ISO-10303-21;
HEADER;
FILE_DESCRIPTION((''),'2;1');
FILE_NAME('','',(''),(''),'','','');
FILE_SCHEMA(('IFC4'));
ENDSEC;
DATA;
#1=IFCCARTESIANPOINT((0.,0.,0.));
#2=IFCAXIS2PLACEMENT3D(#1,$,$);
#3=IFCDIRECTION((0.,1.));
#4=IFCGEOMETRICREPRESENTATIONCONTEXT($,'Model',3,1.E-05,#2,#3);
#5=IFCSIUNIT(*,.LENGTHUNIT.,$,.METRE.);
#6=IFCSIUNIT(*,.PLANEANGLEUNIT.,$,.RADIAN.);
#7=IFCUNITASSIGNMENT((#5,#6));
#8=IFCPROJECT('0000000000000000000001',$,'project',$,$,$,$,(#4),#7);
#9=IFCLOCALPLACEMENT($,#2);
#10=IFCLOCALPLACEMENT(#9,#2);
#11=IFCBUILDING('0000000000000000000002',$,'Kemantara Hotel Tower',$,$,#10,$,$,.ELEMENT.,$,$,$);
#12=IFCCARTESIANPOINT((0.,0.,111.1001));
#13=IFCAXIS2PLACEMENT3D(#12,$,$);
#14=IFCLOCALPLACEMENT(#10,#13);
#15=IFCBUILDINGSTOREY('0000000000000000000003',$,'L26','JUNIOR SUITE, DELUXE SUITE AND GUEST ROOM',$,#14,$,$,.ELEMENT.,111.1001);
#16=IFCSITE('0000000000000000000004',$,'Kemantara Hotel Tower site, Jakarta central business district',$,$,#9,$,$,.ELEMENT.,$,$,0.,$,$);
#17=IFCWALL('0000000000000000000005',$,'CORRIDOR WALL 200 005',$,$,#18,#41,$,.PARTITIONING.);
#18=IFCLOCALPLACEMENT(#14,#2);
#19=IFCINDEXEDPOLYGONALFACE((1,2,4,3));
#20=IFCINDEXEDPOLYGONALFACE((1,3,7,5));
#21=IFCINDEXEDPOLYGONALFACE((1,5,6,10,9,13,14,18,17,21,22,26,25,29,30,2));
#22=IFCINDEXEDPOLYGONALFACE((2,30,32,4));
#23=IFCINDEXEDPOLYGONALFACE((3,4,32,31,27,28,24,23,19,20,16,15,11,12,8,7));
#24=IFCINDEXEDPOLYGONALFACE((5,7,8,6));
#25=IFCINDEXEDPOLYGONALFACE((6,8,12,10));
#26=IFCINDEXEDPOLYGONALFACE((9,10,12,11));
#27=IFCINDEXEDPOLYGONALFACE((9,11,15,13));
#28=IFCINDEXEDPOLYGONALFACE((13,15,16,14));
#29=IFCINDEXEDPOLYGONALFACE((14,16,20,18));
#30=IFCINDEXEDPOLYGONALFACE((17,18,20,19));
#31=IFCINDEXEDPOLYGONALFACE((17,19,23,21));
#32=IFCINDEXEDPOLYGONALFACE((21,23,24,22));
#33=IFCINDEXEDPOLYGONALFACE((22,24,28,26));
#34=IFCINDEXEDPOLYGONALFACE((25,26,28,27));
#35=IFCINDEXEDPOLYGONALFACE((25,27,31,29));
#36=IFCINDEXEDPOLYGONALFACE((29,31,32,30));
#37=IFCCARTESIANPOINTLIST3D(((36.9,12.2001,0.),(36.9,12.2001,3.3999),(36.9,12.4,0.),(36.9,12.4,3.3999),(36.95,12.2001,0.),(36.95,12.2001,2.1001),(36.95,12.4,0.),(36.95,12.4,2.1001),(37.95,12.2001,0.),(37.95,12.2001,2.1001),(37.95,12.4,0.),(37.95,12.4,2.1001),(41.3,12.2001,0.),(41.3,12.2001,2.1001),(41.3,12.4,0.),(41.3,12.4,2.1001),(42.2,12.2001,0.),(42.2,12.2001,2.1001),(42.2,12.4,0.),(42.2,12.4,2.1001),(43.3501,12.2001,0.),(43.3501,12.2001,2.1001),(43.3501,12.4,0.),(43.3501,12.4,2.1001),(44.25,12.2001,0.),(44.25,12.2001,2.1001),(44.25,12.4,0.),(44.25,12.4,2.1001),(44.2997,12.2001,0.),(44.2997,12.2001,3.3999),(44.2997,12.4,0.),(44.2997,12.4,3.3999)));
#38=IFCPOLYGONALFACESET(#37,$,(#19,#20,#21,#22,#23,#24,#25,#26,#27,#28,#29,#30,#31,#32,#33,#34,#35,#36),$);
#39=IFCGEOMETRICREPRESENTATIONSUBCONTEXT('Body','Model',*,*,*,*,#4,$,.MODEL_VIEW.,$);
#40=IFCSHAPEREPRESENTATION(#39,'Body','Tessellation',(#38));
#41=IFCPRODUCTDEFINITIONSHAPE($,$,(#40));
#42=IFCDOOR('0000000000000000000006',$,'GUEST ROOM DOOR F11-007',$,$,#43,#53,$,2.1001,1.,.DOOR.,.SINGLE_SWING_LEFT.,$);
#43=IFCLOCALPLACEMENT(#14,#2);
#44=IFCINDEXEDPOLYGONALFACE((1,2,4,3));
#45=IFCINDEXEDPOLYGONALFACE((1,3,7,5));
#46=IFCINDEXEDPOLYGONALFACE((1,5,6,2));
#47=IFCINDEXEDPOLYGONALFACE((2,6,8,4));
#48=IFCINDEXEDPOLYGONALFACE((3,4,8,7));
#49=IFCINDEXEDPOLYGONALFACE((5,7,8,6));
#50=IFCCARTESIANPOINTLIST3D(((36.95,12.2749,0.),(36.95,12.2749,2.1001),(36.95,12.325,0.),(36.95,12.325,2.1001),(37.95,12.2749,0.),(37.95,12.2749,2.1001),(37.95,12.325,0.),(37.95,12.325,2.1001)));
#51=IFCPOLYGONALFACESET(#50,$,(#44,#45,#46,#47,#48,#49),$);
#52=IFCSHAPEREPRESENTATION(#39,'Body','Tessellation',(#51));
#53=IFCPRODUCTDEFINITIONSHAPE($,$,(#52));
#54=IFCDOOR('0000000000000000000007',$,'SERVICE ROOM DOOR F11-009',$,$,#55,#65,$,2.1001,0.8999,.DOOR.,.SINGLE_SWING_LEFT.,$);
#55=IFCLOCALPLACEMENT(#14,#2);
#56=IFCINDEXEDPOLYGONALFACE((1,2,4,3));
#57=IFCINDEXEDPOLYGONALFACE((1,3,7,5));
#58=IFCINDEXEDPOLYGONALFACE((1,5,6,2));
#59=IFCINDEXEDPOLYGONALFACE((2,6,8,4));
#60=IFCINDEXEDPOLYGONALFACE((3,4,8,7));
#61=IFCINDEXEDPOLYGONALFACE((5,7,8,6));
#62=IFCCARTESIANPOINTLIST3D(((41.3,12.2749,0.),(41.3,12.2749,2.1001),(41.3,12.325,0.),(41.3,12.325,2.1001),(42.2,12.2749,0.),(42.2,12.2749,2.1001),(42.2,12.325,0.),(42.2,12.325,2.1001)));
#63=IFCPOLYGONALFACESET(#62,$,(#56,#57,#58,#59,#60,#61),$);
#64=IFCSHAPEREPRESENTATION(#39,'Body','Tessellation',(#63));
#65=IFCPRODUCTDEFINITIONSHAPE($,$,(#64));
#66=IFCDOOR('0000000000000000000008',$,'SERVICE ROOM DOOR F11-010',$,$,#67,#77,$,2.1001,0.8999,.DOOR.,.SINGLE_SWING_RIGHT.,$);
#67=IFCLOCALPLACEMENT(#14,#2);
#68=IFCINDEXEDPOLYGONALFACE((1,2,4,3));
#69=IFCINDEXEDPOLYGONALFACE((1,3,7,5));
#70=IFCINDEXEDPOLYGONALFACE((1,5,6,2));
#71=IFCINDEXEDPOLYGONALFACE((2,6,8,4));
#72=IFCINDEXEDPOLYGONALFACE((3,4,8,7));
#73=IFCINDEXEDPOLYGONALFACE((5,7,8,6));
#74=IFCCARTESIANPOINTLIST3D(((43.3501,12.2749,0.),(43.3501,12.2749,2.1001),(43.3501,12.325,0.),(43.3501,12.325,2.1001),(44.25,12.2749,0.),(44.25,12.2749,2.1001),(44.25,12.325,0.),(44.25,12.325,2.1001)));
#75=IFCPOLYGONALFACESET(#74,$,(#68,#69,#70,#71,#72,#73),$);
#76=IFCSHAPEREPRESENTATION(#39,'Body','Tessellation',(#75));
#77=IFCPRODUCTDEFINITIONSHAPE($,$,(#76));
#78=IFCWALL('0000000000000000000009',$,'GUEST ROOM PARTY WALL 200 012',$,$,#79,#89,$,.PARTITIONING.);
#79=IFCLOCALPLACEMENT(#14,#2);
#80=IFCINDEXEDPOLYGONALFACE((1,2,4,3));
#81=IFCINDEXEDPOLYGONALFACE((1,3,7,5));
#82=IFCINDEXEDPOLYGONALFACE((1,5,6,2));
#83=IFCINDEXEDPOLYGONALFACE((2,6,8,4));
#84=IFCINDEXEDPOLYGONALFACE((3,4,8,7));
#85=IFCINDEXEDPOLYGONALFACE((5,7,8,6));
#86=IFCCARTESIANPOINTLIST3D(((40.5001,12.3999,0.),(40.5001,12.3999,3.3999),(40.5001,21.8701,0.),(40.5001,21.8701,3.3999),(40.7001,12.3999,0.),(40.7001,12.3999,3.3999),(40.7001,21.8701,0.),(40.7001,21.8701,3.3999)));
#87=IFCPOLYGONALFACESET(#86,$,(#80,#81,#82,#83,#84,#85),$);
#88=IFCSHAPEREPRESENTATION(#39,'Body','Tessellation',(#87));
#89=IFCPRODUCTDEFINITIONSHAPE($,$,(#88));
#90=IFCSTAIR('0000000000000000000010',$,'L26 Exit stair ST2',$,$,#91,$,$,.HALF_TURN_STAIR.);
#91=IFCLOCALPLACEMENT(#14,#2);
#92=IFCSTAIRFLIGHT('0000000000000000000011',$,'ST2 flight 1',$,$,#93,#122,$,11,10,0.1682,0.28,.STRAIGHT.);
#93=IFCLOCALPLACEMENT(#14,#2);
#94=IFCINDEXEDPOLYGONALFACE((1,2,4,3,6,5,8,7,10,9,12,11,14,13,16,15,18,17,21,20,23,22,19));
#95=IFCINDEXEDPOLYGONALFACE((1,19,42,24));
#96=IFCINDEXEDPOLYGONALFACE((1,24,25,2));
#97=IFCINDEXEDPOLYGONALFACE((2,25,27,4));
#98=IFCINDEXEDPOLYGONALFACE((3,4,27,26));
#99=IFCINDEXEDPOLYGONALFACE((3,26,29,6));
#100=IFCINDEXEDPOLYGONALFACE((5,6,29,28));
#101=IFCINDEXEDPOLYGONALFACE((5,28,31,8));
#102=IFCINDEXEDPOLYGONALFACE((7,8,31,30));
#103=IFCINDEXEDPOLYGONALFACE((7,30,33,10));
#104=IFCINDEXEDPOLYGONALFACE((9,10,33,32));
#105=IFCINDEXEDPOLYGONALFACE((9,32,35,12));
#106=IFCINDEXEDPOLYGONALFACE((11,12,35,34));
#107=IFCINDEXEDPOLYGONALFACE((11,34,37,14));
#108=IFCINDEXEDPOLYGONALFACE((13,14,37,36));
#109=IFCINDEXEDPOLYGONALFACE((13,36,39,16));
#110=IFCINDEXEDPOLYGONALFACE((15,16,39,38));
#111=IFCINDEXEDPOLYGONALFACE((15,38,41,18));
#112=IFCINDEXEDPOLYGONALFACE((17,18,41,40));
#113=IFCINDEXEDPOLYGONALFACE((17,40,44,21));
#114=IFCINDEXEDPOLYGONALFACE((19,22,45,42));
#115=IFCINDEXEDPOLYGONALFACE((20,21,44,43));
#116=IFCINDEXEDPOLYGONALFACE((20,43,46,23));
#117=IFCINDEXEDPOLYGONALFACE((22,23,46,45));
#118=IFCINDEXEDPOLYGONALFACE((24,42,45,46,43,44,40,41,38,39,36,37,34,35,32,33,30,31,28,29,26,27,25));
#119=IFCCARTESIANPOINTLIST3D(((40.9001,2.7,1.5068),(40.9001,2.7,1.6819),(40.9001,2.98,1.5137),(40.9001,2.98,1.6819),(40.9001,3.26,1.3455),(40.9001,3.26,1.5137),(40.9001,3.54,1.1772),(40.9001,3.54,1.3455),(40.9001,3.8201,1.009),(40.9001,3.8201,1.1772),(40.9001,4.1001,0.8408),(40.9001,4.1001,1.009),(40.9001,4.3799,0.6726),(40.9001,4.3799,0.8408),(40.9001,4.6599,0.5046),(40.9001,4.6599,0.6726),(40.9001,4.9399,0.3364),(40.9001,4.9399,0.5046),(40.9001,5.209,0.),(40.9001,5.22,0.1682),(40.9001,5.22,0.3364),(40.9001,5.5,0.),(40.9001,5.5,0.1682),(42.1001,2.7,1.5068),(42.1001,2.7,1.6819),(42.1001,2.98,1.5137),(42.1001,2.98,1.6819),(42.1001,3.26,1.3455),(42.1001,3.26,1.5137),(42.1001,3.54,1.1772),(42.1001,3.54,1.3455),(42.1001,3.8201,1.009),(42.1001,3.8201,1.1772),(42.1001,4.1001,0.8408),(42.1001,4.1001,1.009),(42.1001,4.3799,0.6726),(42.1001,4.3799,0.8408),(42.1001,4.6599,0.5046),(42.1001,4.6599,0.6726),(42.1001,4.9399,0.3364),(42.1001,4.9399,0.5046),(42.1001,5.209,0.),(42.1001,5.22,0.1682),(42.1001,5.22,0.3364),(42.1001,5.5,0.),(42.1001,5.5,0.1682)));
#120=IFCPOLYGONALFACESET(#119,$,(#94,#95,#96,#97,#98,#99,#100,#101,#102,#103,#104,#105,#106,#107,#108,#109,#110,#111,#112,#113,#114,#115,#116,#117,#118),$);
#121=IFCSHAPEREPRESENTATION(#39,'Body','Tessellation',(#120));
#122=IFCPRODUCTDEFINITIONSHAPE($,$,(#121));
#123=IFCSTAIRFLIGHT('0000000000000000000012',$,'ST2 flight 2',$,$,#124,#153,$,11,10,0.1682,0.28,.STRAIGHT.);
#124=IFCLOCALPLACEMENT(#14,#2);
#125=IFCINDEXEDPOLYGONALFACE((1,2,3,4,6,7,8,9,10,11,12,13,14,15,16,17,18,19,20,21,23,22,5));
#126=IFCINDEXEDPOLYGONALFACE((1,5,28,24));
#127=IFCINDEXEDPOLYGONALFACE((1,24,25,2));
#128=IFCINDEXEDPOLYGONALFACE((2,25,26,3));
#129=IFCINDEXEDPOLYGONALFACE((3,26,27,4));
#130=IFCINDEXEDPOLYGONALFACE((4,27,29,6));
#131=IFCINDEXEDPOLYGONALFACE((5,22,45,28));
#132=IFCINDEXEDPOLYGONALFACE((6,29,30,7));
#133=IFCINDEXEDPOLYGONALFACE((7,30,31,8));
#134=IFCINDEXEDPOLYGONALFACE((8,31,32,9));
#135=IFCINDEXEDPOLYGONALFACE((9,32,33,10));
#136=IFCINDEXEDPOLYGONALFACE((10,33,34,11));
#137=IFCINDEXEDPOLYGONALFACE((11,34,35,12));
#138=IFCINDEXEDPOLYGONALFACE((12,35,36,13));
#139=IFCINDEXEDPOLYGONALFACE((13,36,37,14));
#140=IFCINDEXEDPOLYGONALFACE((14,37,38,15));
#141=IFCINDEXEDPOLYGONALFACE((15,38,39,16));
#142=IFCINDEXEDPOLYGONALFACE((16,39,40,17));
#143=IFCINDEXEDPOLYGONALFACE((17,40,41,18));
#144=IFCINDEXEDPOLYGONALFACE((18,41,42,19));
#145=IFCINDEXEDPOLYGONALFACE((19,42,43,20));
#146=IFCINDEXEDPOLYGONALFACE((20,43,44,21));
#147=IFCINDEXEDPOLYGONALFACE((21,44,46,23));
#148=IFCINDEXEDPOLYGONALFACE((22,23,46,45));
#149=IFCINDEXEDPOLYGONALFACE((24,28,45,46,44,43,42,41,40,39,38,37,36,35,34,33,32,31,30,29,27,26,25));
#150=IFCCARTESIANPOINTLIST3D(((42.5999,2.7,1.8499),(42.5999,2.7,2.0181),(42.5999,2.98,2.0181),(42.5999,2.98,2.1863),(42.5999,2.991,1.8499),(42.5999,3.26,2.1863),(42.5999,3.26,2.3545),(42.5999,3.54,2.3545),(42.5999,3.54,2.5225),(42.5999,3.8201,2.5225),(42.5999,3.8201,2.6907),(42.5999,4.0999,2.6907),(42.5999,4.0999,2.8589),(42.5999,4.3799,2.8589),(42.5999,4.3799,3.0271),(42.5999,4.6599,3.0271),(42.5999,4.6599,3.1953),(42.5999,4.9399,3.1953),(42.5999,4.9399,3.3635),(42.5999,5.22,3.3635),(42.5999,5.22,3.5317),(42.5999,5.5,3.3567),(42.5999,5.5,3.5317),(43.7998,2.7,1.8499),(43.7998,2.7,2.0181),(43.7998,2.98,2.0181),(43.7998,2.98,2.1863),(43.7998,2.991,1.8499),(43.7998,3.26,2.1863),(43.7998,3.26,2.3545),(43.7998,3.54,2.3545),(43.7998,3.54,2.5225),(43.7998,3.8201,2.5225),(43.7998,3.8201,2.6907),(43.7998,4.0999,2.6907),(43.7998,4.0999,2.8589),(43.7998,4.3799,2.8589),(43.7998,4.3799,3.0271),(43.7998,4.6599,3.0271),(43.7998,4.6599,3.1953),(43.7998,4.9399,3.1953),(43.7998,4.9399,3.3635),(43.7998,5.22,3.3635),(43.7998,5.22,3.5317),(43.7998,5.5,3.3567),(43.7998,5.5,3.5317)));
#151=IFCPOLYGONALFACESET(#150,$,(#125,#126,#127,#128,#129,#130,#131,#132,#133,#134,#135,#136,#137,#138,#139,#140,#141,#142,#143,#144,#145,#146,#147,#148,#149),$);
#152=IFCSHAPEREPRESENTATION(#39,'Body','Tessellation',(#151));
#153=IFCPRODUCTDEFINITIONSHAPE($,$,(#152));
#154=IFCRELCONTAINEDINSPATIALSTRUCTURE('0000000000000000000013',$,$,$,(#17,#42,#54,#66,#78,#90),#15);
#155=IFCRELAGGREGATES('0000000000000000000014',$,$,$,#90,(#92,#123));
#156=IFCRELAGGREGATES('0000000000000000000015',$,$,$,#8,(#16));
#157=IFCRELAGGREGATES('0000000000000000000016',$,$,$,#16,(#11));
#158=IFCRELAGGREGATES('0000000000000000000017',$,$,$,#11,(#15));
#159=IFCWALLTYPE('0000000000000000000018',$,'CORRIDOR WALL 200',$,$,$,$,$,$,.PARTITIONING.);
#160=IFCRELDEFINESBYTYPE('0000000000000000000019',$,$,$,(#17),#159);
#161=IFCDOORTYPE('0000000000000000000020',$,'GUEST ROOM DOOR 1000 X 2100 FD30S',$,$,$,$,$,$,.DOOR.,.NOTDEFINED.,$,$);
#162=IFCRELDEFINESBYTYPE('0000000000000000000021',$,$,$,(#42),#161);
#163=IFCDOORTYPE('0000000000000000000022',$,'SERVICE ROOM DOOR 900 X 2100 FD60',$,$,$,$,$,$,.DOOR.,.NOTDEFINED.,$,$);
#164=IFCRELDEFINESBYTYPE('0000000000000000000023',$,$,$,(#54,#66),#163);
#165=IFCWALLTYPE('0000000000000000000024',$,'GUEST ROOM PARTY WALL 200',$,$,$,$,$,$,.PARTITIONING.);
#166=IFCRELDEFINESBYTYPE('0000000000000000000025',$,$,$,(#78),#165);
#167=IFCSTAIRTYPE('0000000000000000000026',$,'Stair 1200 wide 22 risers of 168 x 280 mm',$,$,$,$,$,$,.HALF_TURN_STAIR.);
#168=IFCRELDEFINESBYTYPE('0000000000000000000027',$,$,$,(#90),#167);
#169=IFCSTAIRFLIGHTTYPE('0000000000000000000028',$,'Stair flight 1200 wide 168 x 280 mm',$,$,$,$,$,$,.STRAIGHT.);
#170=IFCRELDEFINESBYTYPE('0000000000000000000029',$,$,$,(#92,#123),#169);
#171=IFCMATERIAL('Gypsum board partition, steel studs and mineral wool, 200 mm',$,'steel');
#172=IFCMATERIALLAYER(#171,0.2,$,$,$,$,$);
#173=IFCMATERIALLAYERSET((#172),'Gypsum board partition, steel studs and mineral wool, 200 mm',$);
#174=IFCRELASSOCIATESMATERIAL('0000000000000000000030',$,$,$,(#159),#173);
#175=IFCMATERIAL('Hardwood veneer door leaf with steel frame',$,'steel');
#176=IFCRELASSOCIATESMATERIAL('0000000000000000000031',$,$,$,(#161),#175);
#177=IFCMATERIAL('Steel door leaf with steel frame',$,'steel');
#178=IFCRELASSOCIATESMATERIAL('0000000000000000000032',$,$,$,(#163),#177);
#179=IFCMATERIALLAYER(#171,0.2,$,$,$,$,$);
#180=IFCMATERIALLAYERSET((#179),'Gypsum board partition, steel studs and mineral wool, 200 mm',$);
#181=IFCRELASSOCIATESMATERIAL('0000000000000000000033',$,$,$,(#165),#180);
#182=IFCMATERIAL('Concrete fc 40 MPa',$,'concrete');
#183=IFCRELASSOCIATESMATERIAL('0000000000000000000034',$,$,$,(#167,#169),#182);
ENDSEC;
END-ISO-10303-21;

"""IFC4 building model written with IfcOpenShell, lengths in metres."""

from ifc_helpers import new_model, si_unit, direction, frame, frame_2d, origin, place, context, subcontext, project, spatial, polyline, rectangle, outline, extrude, material, layer, layer_set, type_object, element, fill, aggregate, save


model = new_model("IFC4")

# Units and contexts
model_context = context("Model", 3, precision=1e-05, world=origin(), true_north=direction((0.0, 1.0)))
body_context = subcontext(model_context, "Body", "Model", "MODEL_VIEW")
ifc_project = project(units=[si_unit("LENGTHUNIT", "METRE"), si_unit("PLANEANGLEUNIT", "RADIAN")], contexts=[model_context])

# Site, building, storey
site_placement = place(None, origin())
site = spatial("IfcSite", under=ifc_project, at=site_placement, Name="Kemantara Hotel Tower site, Jakarta central business district", CompositionType="ELEMENT", RefElevation=0.0)
building_placement = place(site_placement, origin())
building = spatial("IfcBuilding", under=site, at=building_placement, Name="Kemantara Hotel Tower", CompositionType="ELEMENT")
storey_placement = place(building_placement, frame((0.0, 0.0, 111.1001)))
storey = spatial("IfcBuildingStorey", under=building, at=storey_placement, Name="L26", Description="JUNIOR SUITE, DELUXE SUITE AND GUEST ROOM", CompositionType="ELEMENT", Elevation=111.1001)

# Wall, openings, doors
ifc_material_1 = material(Name="Gypsum board partition, steel studs and mineral wool, 200 mm", Category="steel")
ifc_layer_1 = layer(ifc_material_1, 0.2)
ifc_layer_set_1 = layer_set([ifc_layer_1], Name="Gypsum board partition, steel studs and mineral wool, 200 mm")
wall_type_1 = type_object("IfcWallType", Name="CORRIDOR WALL 200", PredefinedType="PARTITIONING", material=ifc_layer_set_1)
wall_1_placement = place(storey_placement, frame((36.9001, 12.3, 0.0), z_axis=(0.0, 0.0, 1.0), x_axis=(1.0, 0.0, 0.0)))
wall_1 = element("IfcWall", 1, at=wall_1_placement, inside=storey, type_object=wall_type_1, Name="CORRIDOR WALL 200 005", PredefinedType="PARTITIONING", context=body_context, shape_type="SweptSolid", body=[
    extrude(rectangle(XDim=7.3997, YDim=0.2, at=frame_2d((3.6997, 0.0))), origin(), (0.0, 0.0, 1.0), 3.3999),
])
opening_1_placement = place(wall_1_placement, frame((0.0498, 0.0, 0.0)))
opening_1 = element("IfcOpeningElement", 2, at=opening_1_placement, cuts=wall_1, PredefinedType="OPENING", context=body_context, shape_type="SweptSolid", body=[
    extrude(rectangle(XDim=1.0, YDim=2.1001, at=frame_2d((0.5, 1.05))), frame((0.0, 0.1099, 0.0), z_axis=(0.0, -1.0, 0.0), x_axis=(1.0, 0.0, 0.0)), (0.0, 0.0, 1.0), 0.22),
])
opening_2_placement = place(wall_1_placement, frame((4.3999, 0.0, 0.0)))
opening_2 = element("IfcOpeningElement", 3, at=opening_2_placement, cuts=wall_1, PredefinedType="OPENING", context=body_context, shape_type="SweptSolid", body=[
    extrude(rectangle(XDim=0.8999, YDim=2.1001, at=frame_2d((0.45, 1.05))), frame((0.0, 0.1099, 0.0), z_axis=(0.0, -1.0, 0.0), x_axis=(1.0, 0.0, 0.0)), (0.0, 0.0, 1.0), 0.22),
])
opening_3_placement = place(wall_1_placement, frame((6.45, 0.0, 0.0)))
opening_3 = element("IfcOpeningElement", 4, at=opening_3_placement, cuts=wall_1, PredefinedType="OPENING", context=body_context, shape_type="SweptSolid", body=[
    extrude(rectangle(XDim=0.8999, YDim=2.1001, at=frame_2d((0.45, 1.05))), frame((0.0, 0.1099, 0.0), z_axis=(0.0, -1.0, 0.0), x_axis=(1.0, 0.0, 0.0)), (0.0, 0.0, 1.0), 0.22),
])
ifc_material_2 = material(Name="Hardwood veneer door leaf with steel frame", Category="steel")
door_type_1 = type_object("IfcDoorType", Name="GUEST ROOM DOOR 1000 X 2100 FD30S", OperationType="NOTDEFINED", PredefinedType="DOOR", material=ifc_material_2)
door_1_placement = place(opening_1_placement, origin())
door_1 = element("IfcDoor", 5, at=door_1_placement, inside=storey, type_object=door_type_1, Name="GUEST ROOM DOOR F11-007", OperationType="SINGLE_SWING_LEFT", OverallHeight=2.1001, OverallWidth=1.0, PredefinedType="DOOR", context=body_context, shape_type="SweptSolid", body=[
    extrude(rectangle(XDim=1.0, YDim=2.1001, at=frame_2d((0.5, 1.05))), frame((0.0, 0.0249, 0.0), z_axis=(0.0, -1.0, 0.0), x_axis=(1.0, 0.0, 0.0)), (0.0, 0.0, 1.0), 0.05),
])
fill(opening_1, door_1)
ifc_material_3 = material(Name="Steel door leaf with steel frame", Category="steel")
door_type_2 = type_object("IfcDoorType", Name="SERVICE ROOM DOOR 900 X 2100 FD60", OperationType="NOTDEFINED", PredefinedType="DOOR", material=ifc_material_3)
door_2_placement = place(opening_2_placement, origin())
door_2 = element("IfcDoor", 6, at=door_2_placement, inside=storey, type_object=door_type_2, Name="SERVICE ROOM DOOR F11-009", OperationType="SINGLE_SWING_LEFT", OverallHeight=2.1001, OverallWidth=0.8999, PredefinedType="DOOR", context=body_context, shape_type="SweptSolid", body=[
    extrude(rectangle(XDim=0.8999, YDim=2.1001, at=frame_2d((0.45, 1.05))), frame((0.0, 0.0249, 0.0), z_axis=(0.0, -1.0, 0.0), x_axis=(1.0, 0.0, 0.0)), (0.0, 0.0, 1.0), 0.05),
])
fill(opening_2, door_2)
door_3_placement = place(opening_3_placement, origin())
door_3 = element("IfcDoor", 7, at=door_3_placement, inside=storey, type_object=door_type_2, Name="SERVICE ROOM DOOR F11-010", OperationType="SINGLE_SWING_RIGHT", OverallHeight=2.1001, OverallWidth=0.8999, PredefinedType="DOOR", context=body_context, shape_type="SweptSolid", body=[
    extrude(rectangle(XDim=0.8999, YDim=2.1001, at=frame_2d((0.45, 1.05))), frame((0.0, 0.0249, 0.0), z_axis=(0.0, -1.0, 0.0), x_axis=(1.0, 0.0, 0.0)), (0.0, 0.0, 1.0), 0.05),
])
fill(opening_3, door_3)

# Wall
ifc_layer_2 = layer(ifc_material_1, 0.2)
ifc_layer_set_2 = layer_set([ifc_layer_2], Name="Gypsum board partition, steel studs and mineral wool, 200 mm")
wall_type_2 = type_object("IfcWallType", Name="GUEST ROOM PARTY WALL 200", PredefinedType="PARTITIONING", material=ifc_layer_set_2)
wall_2_placement = place(storey_placement, frame((40.6001, 12.3999, 0.0), z_axis=(0.0, 0.0, 1.0), x_axis=(0.0, 1.0, 0.0)))
element("IfcWall", 8, at=wall_2_placement, inside=storey, type_object=wall_type_2, Name="GUEST ROOM PARTY WALL 200 012", PredefinedType="PARTITIONING", context=body_context, shape_type="SweptSolid", body=[
    extrude(rectangle(XDim=9.4702, YDim=0.2, at=frame_2d((4.7351, 0.0))), origin(), (0.0, 0.0, 1.0), 3.3999),
])

# Stair, stair flights
ifc_material_4 = material(Name="Concrete fc 40 MPa", Category="concrete")
stair_type = type_object("IfcStairType", Name="Stair 1200 wide 22 risers of 168 x 280 mm", PredefinedType="HALF_TURN_STAIR", material=ifc_material_4)
stair_placement = place(storey_placement, origin())
stair = element("IfcStair", 9, at=stair_placement, inside=storey, type_object=stair_type, Name="L26 Exit stair ST2", PredefinedType="HALF_TURN_STAIR")
stair_flight_type = type_object("IfcStairFlightType", Name="Stair flight 1200 wide 168 x 280 mm", PredefinedType="STRAIGHT", material=ifc_material_4)
stair_flight_1_placement = place(storey_placement, frame((41.5, 5.5, 0.0), z_axis=(0.0, 0.0, 1.0), x_axis=(0.0, -1.0, 0.0)))
stair_flight_1 = element("IfcStairFlight", 10, at=stair_flight_1_placement, type_object=stair_flight_type, Name="ST2 flight 1", NumberOfRisers=11, NumberOfTreads=10, PredefinedType="STRAIGHT", RiserHeight=0.1682, TreadLength=0.28, context=body_context, shape_type="SweptSolid", body=[
    extrude(outline(polyline([(0.0, 0.0), (0.0, 0.1682), (0.28, 0.1682), (0.28, 0.3364), (0.5601, 0.3364), (0.5601, 0.5046), (0.8401, 0.5046), (0.8401, 0.6726), (1.1201, 0.6726), (1.1201, 0.8408), (1.3999, 0.8408), (1.3999, 1.009), (1.6799, 1.009), (1.6799, 1.1772), (1.96, 1.1772), (1.96, 1.3455), (2.24, 1.3455), (2.24, 1.5137), (2.52, 1.5137), (2.52, 1.6819), (2.8, 1.6819), (2.8, 1.8501), (2.8, 1.5068), (0.291, 0.0), (0.0, 0.0)])), frame((0.0, 0.6001, 0.0), z_axis=(0.0, -1.0, 0.0), x_axis=(1.0, 0.0, 0.0)), (0.0, 0.0, 1.0), 1.2),
])
stair_flight_2_placement = place(storey_placement, frame((43.2, 2.7, 1.8499), z_axis=(0.0, 0.0, 1.0), x_axis=(0.0, 1.0, 0.0)))
stair_flight_2 = element("IfcStairFlight", 11, at=stair_flight_2_placement, type_object=stair_flight_type, Name="ST2 flight 2", NumberOfRisers=11, NumberOfTreads=10, PredefinedType="STRAIGHT", RiserHeight=0.1682, TreadLength=0.28, context=body_context, shape_type="SweptSolid", body=[
    extrude(outline(polyline([(0.0, 0.0), (0.0, 0.1682), (0.28, 0.1682), (0.28, 0.3364), (0.5601, 0.3364), (0.5601, 0.5046), (0.8401, 0.5046), (0.8401, 0.6726), (1.1201, 0.6726), (1.1201, 0.8408), (1.3999, 0.8408), (1.3999, 1.009), (1.6799, 1.009), (1.6799, 1.1772), (1.96, 1.1772), (1.96, 1.3455), (2.24, 1.3455), (2.24, 1.5137), (2.52, 1.5137), (2.52, 1.6819), (2.8, 1.6819), (2.8, 1.8501), (2.8, 1.5068), (0.291, 0.0), (0.0, 0.0)])), frame((0.0, 0.6001, 0.0), z_axis=(0.0, -1.0, 0.0), x_axis=(1.0, 0.0, 0.0)), (0.0, 0.0, 1.0), 1.2),
])
aggregate(stair, [stair_flight_1, stair_flight_2])

save(model, "model.ifc")
